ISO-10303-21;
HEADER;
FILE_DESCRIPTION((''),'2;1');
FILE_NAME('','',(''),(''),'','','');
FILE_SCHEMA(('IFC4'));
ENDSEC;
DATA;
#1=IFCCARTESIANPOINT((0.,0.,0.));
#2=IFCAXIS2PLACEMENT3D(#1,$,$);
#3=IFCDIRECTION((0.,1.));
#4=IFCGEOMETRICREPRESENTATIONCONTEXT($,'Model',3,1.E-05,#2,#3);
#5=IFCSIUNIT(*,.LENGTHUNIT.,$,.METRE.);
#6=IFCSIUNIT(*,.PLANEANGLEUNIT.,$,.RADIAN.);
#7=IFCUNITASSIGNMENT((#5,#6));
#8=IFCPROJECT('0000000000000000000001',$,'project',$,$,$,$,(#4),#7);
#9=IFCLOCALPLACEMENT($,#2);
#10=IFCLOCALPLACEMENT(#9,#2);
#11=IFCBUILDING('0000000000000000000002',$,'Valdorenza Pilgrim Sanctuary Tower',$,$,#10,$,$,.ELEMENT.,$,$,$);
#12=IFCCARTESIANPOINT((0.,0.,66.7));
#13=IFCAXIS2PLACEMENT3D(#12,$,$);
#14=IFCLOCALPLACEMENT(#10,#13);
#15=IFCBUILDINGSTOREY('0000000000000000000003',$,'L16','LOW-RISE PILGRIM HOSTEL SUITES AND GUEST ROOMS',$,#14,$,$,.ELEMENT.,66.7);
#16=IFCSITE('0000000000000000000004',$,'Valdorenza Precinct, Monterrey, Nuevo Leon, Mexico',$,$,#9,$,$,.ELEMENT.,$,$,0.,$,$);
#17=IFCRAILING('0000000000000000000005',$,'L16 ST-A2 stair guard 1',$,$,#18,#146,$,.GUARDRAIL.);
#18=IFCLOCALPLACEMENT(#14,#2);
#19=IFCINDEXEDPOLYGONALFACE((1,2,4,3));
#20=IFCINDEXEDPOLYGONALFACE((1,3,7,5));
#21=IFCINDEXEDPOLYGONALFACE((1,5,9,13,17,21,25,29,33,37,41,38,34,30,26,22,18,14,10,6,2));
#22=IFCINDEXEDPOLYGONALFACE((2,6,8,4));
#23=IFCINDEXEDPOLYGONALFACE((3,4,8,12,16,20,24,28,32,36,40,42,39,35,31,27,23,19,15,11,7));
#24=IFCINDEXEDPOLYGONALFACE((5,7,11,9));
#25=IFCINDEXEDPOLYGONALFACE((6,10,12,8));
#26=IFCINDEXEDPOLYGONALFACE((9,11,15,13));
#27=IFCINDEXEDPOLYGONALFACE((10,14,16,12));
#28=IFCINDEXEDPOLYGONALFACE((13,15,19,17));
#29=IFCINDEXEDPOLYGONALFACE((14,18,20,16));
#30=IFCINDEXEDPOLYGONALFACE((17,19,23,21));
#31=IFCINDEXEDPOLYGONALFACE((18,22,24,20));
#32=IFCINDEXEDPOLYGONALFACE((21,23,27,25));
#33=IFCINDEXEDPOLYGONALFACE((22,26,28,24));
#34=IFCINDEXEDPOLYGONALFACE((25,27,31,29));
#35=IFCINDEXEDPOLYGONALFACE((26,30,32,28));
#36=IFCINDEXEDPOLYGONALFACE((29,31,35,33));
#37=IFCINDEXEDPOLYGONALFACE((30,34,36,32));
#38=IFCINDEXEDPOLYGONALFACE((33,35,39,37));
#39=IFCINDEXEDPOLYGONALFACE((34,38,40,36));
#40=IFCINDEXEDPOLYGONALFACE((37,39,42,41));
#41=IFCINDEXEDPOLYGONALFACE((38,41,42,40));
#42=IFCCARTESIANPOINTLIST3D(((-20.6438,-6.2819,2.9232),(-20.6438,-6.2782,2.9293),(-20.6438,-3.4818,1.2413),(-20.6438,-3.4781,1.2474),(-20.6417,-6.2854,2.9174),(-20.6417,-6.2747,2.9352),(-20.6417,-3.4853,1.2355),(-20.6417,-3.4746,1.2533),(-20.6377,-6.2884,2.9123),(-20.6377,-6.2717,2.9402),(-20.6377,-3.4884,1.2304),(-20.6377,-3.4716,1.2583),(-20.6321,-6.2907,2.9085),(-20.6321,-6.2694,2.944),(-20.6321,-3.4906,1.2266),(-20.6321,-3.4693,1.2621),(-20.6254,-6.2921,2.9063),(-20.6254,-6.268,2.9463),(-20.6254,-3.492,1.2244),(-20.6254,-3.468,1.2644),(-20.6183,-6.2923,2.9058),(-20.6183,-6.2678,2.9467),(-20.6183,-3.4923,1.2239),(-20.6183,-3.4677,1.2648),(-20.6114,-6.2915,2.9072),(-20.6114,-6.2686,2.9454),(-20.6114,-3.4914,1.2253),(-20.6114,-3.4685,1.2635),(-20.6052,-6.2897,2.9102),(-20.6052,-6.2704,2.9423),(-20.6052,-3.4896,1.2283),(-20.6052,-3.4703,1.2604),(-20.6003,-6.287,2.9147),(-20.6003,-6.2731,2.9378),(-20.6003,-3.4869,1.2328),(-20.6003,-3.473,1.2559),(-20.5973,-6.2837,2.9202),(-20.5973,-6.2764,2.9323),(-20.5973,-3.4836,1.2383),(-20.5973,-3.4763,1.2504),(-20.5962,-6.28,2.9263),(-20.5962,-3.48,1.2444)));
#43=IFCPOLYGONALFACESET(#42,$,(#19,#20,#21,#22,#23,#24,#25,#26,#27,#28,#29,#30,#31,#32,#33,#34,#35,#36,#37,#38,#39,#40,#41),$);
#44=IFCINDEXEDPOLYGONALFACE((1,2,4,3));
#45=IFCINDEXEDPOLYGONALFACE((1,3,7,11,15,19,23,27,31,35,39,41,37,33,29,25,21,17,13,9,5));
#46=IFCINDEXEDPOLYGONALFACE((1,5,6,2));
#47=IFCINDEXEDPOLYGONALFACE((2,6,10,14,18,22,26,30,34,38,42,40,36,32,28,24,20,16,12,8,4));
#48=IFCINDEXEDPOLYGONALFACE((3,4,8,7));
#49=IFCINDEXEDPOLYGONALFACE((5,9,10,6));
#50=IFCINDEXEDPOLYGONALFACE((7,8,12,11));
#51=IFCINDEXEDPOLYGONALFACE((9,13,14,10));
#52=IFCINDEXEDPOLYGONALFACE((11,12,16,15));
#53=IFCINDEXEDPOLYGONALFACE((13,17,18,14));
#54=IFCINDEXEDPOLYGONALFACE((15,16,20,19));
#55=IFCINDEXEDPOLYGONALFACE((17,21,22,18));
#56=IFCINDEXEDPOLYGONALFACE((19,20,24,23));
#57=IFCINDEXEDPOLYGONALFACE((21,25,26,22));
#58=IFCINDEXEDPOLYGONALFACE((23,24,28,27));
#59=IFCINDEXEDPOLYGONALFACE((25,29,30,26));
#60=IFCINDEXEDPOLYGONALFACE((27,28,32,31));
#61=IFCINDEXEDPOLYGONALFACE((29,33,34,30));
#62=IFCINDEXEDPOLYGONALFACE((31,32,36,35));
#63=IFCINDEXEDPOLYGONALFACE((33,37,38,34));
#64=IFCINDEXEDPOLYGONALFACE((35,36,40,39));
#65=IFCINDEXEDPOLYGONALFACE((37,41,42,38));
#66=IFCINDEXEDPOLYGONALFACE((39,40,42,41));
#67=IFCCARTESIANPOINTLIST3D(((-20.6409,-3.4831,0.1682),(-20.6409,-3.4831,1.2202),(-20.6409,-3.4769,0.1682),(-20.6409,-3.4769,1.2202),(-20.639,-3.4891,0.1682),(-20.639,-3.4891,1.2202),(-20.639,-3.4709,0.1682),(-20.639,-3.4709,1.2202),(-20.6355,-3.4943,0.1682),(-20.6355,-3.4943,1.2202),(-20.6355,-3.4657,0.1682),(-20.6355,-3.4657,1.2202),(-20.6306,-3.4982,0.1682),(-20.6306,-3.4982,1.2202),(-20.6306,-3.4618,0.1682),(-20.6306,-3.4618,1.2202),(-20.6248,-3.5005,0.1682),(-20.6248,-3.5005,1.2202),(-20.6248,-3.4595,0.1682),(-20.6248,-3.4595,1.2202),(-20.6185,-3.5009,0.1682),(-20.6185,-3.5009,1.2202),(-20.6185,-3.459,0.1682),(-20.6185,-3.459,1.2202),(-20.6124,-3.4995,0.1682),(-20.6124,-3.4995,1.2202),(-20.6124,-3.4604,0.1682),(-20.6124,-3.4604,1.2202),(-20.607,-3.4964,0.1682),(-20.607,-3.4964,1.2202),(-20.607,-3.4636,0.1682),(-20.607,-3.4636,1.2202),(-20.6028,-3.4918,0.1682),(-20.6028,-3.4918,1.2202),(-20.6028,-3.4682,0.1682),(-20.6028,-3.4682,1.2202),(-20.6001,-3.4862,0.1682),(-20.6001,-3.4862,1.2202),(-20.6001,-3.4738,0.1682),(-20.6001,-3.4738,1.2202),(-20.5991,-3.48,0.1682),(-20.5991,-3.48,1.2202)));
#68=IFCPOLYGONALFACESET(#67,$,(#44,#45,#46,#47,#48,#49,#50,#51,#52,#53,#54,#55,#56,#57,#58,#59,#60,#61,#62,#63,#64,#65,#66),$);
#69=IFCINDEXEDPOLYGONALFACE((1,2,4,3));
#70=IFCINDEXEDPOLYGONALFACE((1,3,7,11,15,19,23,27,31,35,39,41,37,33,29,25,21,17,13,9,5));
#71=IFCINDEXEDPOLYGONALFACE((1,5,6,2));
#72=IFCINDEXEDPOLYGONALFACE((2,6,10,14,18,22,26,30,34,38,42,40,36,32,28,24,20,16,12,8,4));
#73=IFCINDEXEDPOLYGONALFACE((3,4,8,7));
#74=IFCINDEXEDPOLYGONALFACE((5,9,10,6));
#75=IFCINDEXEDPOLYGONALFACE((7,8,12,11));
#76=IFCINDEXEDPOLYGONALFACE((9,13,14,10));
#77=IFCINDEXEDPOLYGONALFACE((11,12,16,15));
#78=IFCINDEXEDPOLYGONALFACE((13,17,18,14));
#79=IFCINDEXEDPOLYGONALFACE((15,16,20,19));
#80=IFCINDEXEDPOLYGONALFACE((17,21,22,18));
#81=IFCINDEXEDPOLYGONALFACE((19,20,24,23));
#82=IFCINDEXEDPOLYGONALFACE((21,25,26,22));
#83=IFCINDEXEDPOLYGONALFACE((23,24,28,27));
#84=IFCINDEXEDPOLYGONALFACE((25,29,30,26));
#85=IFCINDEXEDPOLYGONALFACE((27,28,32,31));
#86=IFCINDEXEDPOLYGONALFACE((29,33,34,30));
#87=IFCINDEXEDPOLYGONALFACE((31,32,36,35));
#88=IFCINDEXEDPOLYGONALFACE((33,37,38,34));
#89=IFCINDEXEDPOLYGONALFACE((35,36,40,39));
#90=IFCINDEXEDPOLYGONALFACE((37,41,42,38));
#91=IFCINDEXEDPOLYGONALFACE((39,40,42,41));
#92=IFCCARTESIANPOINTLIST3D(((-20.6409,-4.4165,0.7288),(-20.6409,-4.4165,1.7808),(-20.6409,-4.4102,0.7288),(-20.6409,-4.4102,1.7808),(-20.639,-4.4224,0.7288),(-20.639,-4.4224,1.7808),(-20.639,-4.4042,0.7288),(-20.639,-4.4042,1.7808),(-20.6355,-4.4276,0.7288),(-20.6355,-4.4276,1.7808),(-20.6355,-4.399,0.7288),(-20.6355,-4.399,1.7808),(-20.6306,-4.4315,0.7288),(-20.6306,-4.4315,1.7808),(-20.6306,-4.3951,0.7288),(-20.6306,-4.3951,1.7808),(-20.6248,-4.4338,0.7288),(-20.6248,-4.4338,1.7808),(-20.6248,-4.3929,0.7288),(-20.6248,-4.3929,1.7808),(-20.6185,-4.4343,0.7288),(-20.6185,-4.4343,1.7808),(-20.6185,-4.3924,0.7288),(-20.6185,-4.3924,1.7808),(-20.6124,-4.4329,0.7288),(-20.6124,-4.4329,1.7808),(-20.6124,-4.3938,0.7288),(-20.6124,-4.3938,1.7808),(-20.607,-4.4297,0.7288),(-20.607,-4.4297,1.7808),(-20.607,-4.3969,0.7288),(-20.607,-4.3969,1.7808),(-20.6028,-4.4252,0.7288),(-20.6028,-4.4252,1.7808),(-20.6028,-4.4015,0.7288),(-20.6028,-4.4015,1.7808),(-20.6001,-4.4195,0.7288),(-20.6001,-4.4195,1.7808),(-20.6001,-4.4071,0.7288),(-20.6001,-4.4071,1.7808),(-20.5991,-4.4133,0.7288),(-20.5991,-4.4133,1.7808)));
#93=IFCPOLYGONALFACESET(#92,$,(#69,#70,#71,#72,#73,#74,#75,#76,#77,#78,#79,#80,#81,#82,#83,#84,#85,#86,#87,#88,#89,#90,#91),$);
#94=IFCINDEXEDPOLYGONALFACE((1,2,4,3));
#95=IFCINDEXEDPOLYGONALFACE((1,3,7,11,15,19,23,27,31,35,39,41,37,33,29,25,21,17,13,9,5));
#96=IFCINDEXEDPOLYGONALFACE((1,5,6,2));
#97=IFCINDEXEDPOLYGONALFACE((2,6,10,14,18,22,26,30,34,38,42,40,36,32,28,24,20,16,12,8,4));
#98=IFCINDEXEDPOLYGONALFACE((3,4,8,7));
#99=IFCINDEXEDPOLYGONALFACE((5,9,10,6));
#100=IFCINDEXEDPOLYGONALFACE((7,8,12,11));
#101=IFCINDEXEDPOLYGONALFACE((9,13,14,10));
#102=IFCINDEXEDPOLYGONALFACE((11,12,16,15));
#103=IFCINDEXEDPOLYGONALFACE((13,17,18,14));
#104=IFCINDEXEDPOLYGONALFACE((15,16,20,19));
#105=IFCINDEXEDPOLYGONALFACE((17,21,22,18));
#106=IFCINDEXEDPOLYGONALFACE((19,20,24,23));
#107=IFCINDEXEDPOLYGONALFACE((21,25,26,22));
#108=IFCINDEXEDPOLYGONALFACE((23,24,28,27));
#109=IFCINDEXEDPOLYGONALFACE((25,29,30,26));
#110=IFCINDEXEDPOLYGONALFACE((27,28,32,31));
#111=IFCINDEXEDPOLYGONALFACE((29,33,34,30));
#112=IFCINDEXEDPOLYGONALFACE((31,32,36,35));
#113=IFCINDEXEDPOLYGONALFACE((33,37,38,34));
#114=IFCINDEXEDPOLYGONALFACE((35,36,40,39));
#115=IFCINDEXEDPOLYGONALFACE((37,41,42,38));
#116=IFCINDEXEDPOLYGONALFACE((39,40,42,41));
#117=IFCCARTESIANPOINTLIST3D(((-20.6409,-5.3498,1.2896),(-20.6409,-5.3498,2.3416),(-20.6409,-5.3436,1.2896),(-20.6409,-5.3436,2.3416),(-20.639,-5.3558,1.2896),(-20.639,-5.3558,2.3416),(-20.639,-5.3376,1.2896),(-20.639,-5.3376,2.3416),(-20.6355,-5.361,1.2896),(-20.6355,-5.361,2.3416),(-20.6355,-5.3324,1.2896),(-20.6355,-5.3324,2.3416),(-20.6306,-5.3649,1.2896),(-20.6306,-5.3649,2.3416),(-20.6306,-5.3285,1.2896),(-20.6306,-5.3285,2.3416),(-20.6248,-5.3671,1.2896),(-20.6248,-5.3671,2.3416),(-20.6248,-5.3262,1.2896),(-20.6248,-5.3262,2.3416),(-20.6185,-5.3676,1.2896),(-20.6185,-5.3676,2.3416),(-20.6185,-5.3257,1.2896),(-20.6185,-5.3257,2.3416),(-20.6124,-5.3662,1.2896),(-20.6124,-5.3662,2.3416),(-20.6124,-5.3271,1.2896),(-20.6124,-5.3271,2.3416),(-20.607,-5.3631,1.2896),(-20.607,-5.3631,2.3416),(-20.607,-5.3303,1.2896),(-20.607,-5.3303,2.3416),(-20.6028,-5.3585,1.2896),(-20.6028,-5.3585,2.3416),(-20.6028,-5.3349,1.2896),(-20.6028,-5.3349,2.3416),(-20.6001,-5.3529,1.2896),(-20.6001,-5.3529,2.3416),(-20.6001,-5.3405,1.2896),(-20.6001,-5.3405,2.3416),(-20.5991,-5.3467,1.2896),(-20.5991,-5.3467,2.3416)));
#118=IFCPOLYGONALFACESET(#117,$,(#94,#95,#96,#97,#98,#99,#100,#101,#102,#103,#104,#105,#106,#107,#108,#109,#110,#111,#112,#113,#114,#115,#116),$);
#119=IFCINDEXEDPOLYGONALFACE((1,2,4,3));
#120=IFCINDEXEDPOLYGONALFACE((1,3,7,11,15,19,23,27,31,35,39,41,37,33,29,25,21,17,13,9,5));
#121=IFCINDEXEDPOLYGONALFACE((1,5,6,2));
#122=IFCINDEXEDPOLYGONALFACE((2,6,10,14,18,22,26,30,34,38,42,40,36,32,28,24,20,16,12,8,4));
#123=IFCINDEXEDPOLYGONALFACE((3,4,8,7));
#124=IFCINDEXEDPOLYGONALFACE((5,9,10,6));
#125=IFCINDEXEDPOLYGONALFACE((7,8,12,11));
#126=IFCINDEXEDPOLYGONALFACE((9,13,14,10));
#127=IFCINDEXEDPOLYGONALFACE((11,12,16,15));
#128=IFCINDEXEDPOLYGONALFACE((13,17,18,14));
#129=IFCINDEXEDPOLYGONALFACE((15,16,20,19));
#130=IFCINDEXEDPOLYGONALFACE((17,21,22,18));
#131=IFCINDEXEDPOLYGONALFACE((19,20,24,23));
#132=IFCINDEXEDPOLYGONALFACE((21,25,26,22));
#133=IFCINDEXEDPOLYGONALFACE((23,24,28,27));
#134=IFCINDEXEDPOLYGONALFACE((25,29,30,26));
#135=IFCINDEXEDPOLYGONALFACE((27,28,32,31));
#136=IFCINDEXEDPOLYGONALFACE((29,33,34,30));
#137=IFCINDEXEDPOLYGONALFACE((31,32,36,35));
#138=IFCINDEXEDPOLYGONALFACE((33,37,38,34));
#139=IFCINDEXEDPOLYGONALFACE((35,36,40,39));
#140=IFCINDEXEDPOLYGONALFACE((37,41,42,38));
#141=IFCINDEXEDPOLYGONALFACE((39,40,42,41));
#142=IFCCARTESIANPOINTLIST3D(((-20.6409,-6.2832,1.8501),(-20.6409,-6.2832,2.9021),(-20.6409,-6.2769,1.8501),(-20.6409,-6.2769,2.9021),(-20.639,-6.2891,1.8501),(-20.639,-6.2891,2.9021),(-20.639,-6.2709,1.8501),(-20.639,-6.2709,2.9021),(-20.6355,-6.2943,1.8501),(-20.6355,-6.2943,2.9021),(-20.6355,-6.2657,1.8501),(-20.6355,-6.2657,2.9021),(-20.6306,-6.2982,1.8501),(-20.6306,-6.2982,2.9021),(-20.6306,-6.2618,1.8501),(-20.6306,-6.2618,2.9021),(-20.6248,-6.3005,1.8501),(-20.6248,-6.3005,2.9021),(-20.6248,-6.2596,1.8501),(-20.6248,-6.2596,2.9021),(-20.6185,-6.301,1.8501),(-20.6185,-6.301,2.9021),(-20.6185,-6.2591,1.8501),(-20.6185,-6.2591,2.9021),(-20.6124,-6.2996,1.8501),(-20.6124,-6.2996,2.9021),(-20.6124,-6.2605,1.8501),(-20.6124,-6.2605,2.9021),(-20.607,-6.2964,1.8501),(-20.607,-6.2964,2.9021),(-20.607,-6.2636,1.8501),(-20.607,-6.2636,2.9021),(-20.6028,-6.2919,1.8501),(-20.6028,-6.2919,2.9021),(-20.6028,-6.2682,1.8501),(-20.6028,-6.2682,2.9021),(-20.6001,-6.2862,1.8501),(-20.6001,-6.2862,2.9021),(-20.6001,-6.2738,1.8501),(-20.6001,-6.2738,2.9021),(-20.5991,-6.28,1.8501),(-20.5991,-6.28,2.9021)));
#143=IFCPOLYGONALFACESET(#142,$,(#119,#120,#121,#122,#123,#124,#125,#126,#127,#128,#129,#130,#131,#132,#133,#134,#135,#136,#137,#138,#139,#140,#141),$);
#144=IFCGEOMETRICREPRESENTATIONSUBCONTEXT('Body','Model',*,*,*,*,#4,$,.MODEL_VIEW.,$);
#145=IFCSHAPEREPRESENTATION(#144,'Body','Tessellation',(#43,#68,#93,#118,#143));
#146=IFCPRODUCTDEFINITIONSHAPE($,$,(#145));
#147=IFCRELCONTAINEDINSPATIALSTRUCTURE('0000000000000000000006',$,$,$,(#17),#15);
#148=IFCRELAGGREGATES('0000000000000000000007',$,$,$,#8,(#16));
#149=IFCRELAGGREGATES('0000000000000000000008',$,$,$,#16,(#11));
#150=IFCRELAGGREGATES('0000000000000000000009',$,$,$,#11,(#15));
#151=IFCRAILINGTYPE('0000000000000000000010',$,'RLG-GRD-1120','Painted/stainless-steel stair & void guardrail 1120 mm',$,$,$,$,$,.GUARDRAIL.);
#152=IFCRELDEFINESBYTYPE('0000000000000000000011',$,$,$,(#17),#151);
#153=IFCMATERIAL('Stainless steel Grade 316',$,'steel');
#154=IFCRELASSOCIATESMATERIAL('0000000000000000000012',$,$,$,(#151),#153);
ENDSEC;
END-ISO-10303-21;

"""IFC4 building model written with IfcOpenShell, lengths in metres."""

from ifc_helpers import new_model, si_unit, direction, frame, origin, origin_2d, place, context, subcontext, project, spatial, circle, extrude, material, type_object, element, save


model = new_model("IFC4")

# Units and contexts
model_context = context("Model", 3, precision=1e-05, world=origin(), true_north=direction((0.0, 1.0)))
body_context = subcontext(model_context, "Body", "Model", "MODEL_VIEW")
ifc_project = project(units=[si_unit("LENGTHUNIT", "METRE"), si_unit("PLANEANGLEUNIT", "RADIAN")], contexts=[model_context])

# Site, building, storey
site_placement = place(None, origin())
site = spatial("IfcSite", under=ifc_project, at=site_placement, Name="Valdorenza Precinct, Monterrey, Nuevo Leon, Mexico", CompositionType="ELEMENT", RefElevation=0.0)
building_placement = place(site_placement, origin())
building = spatial("IfcBuilding", under=site, at=building_placement, Name="Valdorenza Pilgrim Sanctuary Tower", CompositionType="ELEMENT")
storey_placement = place(building_placement, frame((0.0, 0.0, 66.7)))
storey = spatial("IfcBuildingStorey", under=building, at=storey_placement, Name="L16", Description="LOW-RISE PILGRIM HOSTEL SUITES AND GUEST ROOMS", CompositionType="ELEMENT", Elevation=66.7)

# Railing
ifc_material_1 = material(Name="Stainless steel Grade 316", Category="steel")
railing_type_1 = type_object("IfcRailingType", Name="RLG-GRD-1120", Description="Painted/stainless-steel stair & void guardrail 1120 mm", PredefinedType="GUARDRAIL", material=ifc_material_1)
railing_1_placement = place(storey_placement, frame((-20.6201, -3.48, 0.1682)))
element("IfcRailing", 1, at=railing_1_placement, inside=storey, type_object=railing_type_1, Name="L16 ST-A2 stair guard 1", PredefinedType="GUARDRAIL", context=body_context, shape_type="SweptSolid", body=[
    extrude(circle(Radius=0.0239, at=origin_2d()), frame((0.0, 0.0, 1.0762), z_axis=(0.0, -0.857242, 0.514913), x_axis=(1.0, 0.0, 0.0)), (0.0, 0.0, 1.0), 3.2664),
    extrude(circle(Radius=0.021, at=origin_2d()), origin(), (0.0, 0.0, 1.0), 1.052),
    extrude(circle(Radius=0.021, at=origin_2d()), frame((0.0, -0.9333, 0.5605)), (0.0, 0.0, 1.0), 1.052),
    extrude(circle(Radius=0.021, at=origin_2d()), frame((0.0, -1.8667, 1.1213)), (0.0, 0.0, 1.0), 1.052),
    extrude(circle(Radius=0.021, at=origin_2d()), frame((0.0, -2.8, 1.6819)), (0.0, 0.0, 1.0), 1.052),
])

save(model, "model.ifc")
